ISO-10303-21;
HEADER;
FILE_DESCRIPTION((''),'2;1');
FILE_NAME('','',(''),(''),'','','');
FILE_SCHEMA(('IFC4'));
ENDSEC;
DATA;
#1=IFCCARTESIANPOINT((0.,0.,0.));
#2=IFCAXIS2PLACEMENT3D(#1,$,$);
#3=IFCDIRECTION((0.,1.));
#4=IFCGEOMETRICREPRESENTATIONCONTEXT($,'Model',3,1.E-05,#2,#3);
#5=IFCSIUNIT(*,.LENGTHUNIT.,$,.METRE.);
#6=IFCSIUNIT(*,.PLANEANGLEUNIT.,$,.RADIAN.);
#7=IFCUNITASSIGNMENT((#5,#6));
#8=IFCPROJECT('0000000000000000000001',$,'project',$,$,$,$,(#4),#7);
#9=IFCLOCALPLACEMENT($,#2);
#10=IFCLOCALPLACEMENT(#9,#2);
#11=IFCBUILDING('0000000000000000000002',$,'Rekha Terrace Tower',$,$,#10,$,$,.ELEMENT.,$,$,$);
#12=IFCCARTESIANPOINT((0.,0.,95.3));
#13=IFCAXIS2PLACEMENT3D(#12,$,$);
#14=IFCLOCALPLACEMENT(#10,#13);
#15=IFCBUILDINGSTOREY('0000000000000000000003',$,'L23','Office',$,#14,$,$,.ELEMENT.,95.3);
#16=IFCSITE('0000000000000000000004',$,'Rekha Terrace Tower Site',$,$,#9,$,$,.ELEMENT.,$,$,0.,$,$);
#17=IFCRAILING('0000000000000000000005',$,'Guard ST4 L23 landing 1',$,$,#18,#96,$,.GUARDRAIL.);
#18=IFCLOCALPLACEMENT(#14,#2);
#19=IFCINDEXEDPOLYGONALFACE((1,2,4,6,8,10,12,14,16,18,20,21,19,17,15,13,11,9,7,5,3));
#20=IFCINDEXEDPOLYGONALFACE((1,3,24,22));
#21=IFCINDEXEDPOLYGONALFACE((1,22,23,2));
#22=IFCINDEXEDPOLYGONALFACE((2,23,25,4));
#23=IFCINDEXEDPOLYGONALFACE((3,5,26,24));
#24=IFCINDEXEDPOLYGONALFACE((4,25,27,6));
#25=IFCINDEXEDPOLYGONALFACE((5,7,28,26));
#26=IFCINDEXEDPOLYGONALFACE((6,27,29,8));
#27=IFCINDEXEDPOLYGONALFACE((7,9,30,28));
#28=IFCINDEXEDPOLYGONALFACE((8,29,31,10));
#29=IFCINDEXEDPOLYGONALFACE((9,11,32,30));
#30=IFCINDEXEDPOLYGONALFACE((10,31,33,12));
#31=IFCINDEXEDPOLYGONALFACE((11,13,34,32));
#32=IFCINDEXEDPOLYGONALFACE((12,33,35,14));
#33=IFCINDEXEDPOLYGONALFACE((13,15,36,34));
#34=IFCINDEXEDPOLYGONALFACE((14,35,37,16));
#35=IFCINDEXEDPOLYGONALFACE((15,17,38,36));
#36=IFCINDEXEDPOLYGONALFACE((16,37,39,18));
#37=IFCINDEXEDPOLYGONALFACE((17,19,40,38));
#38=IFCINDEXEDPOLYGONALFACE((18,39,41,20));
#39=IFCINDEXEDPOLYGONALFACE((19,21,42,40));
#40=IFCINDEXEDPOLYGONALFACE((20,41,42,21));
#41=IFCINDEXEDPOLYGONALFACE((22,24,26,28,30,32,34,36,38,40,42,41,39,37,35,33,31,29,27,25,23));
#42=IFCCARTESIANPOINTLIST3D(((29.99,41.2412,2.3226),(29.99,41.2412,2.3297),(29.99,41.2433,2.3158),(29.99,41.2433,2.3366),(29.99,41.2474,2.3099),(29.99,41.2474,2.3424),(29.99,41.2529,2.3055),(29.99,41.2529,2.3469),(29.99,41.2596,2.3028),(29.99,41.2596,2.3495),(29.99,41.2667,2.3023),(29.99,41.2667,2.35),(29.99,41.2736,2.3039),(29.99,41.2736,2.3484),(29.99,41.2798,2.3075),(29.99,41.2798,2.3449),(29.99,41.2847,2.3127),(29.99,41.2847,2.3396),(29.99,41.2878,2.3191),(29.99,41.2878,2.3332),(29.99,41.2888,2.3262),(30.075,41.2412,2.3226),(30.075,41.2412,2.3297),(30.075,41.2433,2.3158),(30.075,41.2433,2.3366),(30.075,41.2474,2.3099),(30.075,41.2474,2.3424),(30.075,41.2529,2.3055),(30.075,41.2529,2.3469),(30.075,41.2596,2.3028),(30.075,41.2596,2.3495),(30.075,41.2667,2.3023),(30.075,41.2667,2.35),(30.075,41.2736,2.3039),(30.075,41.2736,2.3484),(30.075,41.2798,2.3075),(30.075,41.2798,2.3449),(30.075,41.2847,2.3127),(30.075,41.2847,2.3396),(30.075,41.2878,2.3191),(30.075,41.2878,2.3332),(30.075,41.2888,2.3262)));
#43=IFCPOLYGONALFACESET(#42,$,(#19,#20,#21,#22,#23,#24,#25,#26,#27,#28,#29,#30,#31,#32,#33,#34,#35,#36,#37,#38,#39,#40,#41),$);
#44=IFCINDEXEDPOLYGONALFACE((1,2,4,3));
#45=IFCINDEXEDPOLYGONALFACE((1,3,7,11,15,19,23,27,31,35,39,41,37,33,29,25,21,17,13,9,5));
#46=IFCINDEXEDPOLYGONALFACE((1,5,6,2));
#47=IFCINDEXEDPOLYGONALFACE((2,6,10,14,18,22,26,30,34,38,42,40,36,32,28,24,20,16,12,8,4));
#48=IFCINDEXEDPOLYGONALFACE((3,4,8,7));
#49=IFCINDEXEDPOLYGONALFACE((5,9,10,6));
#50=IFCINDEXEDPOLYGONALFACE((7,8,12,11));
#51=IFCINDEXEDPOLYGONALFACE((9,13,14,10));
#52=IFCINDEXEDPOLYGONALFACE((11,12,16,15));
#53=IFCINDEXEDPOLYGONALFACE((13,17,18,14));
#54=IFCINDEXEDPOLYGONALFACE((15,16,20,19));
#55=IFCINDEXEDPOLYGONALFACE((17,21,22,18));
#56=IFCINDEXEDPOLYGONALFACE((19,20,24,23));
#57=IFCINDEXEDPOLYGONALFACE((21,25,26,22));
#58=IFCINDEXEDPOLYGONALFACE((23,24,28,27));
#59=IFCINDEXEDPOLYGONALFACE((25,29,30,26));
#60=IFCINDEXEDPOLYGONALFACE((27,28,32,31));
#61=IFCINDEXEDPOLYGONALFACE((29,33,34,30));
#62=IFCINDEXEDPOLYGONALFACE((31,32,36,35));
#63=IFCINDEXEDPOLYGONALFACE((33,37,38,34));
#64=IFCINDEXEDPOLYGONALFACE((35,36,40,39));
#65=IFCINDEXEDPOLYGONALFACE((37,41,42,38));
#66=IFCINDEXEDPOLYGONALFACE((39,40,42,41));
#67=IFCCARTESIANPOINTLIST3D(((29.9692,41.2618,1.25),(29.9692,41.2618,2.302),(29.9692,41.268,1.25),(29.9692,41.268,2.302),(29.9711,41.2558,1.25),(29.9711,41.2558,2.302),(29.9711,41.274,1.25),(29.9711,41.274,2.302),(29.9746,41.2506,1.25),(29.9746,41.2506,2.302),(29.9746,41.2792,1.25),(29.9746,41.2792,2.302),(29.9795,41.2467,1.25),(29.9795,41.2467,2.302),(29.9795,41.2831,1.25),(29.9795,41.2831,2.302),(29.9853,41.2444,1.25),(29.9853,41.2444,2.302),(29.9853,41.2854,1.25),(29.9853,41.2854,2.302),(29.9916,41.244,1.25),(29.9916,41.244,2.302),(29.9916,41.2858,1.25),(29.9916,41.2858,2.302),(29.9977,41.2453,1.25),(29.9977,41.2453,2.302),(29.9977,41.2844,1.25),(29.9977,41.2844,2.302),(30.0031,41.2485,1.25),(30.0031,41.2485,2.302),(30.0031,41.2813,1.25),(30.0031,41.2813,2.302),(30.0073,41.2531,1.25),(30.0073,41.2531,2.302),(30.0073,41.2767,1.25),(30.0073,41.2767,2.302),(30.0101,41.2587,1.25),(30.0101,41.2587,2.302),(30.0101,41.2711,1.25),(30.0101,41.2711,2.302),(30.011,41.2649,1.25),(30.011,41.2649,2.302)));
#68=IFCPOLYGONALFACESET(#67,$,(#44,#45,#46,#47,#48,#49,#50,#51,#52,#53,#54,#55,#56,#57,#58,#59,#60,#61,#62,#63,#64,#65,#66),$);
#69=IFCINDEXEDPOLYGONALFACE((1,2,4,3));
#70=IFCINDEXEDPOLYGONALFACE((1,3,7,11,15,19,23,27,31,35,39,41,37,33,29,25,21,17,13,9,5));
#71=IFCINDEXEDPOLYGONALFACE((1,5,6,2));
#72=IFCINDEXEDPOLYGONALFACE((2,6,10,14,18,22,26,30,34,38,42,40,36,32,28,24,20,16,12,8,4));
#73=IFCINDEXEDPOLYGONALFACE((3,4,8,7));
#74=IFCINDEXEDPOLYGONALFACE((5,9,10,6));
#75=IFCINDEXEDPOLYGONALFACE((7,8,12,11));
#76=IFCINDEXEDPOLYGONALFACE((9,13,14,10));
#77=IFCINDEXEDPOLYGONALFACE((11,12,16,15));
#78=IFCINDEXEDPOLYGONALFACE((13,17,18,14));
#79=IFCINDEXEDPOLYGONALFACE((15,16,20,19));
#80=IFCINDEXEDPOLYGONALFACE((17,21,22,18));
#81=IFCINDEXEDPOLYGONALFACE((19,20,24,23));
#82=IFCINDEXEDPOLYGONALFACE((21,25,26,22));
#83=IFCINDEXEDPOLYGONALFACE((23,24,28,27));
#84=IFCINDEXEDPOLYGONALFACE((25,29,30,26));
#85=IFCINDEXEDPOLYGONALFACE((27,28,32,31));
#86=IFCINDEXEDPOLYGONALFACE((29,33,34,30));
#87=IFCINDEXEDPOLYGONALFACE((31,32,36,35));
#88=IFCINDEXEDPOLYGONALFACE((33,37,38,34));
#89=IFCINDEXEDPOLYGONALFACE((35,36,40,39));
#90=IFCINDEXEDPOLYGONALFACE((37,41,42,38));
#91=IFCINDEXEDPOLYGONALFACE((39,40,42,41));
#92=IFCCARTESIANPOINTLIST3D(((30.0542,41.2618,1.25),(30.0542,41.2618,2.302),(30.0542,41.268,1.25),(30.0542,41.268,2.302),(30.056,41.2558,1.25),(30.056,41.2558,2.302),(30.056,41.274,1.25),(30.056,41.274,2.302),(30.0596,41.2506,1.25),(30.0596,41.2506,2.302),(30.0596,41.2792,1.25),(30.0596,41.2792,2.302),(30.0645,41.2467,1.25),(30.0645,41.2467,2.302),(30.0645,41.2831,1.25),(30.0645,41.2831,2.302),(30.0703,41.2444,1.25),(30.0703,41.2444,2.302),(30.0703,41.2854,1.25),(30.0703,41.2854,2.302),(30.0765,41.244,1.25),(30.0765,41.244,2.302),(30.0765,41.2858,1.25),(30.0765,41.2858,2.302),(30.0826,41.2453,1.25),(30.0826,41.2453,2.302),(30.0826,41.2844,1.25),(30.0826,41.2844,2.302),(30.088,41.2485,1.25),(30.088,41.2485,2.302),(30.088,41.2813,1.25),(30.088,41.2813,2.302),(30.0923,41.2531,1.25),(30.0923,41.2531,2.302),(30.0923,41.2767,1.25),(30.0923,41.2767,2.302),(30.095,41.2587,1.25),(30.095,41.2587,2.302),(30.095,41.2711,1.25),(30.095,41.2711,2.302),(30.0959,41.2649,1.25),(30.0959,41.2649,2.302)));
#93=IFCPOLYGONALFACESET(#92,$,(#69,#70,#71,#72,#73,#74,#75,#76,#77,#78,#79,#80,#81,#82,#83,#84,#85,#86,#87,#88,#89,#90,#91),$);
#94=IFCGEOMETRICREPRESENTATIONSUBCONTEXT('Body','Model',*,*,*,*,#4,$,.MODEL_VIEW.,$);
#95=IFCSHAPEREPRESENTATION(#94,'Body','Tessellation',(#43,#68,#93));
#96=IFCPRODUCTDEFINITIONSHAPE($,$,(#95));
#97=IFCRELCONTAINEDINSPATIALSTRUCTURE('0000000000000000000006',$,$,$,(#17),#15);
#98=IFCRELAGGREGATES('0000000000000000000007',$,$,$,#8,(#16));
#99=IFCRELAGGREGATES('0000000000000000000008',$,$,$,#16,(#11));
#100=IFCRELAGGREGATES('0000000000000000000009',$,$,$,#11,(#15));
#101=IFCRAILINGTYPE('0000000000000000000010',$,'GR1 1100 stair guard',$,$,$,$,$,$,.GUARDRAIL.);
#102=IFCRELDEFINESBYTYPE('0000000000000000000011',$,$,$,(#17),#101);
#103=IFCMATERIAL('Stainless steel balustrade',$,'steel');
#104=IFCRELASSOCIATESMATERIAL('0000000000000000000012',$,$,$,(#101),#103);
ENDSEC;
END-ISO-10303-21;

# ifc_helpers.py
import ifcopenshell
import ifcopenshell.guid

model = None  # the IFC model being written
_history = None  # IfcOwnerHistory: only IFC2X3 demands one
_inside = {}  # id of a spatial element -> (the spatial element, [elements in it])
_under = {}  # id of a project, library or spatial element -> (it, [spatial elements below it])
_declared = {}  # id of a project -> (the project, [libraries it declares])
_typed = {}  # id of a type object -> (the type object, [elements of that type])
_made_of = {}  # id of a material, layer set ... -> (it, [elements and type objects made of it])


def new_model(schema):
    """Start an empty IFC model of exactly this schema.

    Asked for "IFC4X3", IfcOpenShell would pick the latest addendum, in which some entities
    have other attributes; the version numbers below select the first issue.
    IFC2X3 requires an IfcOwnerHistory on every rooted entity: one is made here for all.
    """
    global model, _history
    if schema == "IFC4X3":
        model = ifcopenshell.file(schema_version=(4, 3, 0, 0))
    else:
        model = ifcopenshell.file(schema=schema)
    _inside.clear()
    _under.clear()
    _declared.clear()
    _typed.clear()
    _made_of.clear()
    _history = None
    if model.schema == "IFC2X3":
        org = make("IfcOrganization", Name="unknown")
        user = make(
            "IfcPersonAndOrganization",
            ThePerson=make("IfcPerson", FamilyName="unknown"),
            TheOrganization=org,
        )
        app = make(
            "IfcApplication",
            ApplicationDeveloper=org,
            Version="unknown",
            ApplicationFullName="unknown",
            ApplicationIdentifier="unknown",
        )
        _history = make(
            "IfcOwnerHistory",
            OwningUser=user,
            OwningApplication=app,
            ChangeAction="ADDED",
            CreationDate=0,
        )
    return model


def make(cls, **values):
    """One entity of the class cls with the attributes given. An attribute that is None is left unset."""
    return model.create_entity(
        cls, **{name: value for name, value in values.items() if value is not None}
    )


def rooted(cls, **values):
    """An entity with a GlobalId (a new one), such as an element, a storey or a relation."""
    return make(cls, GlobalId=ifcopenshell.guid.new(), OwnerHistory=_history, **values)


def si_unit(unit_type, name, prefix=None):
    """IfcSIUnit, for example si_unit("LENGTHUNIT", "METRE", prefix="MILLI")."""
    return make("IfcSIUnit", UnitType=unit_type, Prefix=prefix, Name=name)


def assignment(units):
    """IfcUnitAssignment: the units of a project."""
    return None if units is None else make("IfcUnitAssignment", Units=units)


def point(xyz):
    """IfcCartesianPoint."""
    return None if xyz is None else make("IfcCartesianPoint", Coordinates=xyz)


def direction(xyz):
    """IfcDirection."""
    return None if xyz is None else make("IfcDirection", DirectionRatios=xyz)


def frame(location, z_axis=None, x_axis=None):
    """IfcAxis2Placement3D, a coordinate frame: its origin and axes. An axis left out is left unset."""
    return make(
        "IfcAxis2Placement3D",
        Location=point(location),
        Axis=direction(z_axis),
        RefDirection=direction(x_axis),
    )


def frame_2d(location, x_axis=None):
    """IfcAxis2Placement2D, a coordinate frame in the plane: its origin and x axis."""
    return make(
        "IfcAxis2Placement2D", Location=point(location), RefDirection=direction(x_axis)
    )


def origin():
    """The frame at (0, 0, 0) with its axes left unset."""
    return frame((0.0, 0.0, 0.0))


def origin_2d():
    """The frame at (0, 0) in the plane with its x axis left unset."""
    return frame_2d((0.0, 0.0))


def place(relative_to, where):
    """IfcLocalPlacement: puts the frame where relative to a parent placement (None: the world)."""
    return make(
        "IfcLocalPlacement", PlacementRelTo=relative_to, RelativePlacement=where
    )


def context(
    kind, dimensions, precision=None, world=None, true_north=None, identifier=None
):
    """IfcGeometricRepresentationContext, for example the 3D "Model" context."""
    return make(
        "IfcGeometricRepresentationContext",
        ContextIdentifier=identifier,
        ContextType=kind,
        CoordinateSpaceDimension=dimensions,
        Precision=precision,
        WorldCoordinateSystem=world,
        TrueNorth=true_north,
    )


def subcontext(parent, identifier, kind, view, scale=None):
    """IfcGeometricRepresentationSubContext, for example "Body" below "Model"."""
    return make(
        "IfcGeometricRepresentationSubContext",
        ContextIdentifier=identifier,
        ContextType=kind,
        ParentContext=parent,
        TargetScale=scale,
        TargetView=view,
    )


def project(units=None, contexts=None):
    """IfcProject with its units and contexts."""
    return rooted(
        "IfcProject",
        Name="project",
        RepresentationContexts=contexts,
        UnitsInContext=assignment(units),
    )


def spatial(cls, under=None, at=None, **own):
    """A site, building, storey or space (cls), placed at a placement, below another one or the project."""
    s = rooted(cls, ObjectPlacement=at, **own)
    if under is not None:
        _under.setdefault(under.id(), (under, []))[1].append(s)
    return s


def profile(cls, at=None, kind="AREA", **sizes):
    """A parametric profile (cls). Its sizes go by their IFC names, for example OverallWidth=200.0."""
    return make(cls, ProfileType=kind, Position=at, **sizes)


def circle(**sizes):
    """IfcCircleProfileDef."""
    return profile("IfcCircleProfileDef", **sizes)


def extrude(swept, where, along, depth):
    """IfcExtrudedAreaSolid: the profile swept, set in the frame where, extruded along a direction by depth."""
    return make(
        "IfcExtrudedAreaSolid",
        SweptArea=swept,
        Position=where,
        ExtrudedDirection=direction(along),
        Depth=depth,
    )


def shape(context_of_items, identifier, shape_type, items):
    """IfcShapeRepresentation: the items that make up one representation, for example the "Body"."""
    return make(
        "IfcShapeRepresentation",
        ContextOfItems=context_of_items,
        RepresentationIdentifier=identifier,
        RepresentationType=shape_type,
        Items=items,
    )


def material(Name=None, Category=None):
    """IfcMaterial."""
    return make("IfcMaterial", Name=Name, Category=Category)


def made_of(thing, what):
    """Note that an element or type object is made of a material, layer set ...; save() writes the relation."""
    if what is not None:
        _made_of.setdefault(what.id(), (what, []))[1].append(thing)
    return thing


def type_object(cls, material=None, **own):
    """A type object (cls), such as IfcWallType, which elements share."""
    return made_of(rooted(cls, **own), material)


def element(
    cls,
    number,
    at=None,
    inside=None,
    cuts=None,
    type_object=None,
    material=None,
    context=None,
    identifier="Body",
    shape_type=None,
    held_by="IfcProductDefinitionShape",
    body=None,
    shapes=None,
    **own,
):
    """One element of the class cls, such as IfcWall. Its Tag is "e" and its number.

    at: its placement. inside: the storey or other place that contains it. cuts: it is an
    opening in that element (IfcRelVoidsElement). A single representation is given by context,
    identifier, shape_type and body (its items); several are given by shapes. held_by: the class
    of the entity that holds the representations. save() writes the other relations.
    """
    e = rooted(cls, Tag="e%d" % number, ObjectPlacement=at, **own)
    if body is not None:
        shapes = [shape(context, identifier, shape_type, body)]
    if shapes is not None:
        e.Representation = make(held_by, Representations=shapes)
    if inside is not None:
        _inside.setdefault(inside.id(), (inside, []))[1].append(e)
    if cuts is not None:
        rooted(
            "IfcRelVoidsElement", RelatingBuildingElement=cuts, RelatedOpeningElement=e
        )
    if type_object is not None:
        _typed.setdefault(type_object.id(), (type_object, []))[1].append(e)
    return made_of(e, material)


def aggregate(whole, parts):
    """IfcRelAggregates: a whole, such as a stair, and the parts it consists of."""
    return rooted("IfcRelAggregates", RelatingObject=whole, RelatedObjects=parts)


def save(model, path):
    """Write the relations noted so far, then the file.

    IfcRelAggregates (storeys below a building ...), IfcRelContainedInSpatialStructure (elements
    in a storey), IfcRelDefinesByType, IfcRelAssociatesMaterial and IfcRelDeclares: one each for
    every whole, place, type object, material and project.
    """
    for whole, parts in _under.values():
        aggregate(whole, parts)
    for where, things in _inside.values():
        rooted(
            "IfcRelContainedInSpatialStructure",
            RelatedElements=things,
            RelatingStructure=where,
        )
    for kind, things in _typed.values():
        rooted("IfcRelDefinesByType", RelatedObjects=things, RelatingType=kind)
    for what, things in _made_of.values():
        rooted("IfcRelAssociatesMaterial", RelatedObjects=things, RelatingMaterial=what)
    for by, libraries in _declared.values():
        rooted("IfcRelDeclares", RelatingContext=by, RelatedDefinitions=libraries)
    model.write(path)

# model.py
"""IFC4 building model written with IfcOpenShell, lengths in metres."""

from ifc_helpers import new_model, si_unit, direction, frame, origin, origin_2d, place, context, subcontext, project, spatial, circle, extrude, material, type_object, element, save


model = new_model("IFC4")

# Units and contexts
model_context = context("Model", 3, precision=1e-05, world=origin(), true_north=direction((0.0, 1.0)))
body_context = subcontext(model_context, "Body", "Model", "MODEL_VIEW")
ifc_project = project(units=[si_unit("LENGTHUNIT", "METRE"), si_unit("PLANEANGLEUNIT", "RADIAN")], contexts=[model_context])

# Site, building, storey
site_placement = place(None, origin())
site = spatial("IfcSite", under=ifc_project, at=site_placement, Name="Rekha Terrace Tower Site", CompositionType="ELEMENT", RefElevation=0.0)
building_placement = place(site_placement, origin())
building = spatial("IfcBuilding", under=site, at=building_placement, Name="Rekha Terrace Tower", CompositionType="ELEMENT")
storey_placement = place(building_placement, frame((0.0, 0.0, 95.3)))
storey = spatial("IfcBuildingStorey", under=building, at=storey_placement, Name="L23", Description="Office", CompositionType="ELEMENT", Elevation=95.3)

# Railing
ifc_material_1 = material(Name="Stainless steel balustrade", Category="steel")
railing_type_1 = type_object("IfcRailingType", Name="GR1 1100 stair guard", PredefinedType="GUARDRAIL", material=ifc_material_1)
railing_1_placement = place(storey_placement, frame((29.99, 41.2649, 1.25)))
element("IfcRailing", 1, at=railing_1_placement, inside=storey, type_object=railing_type_1, Name="Guard ST4 L23 landing 1", PredefinedType="GUARDRAIL", context=body_context, shape_type="SweptSolid", body=[
    extrude(circle(Radius=0.0239, at=origin_2d()), frame((0.0, 0.0, 1.0762), z_axis=(1.0, 0.0, 0.0), x_axis=(0.0, 1.0, 0.0)), (0.0, 0.0, 1.0), 0.085),
    extrude(circle(Radius=0.021, at=origin_2d()), origin(), (0.0, 0.0, 1.0), 1.052),
    extrude(circle(Radius=0.021, at=origin_2d()), frame((0.085, 0.0, 0.0)), (0.0, 0.0, 1.0), 1.052),
])

save(model, "model.ifc")
